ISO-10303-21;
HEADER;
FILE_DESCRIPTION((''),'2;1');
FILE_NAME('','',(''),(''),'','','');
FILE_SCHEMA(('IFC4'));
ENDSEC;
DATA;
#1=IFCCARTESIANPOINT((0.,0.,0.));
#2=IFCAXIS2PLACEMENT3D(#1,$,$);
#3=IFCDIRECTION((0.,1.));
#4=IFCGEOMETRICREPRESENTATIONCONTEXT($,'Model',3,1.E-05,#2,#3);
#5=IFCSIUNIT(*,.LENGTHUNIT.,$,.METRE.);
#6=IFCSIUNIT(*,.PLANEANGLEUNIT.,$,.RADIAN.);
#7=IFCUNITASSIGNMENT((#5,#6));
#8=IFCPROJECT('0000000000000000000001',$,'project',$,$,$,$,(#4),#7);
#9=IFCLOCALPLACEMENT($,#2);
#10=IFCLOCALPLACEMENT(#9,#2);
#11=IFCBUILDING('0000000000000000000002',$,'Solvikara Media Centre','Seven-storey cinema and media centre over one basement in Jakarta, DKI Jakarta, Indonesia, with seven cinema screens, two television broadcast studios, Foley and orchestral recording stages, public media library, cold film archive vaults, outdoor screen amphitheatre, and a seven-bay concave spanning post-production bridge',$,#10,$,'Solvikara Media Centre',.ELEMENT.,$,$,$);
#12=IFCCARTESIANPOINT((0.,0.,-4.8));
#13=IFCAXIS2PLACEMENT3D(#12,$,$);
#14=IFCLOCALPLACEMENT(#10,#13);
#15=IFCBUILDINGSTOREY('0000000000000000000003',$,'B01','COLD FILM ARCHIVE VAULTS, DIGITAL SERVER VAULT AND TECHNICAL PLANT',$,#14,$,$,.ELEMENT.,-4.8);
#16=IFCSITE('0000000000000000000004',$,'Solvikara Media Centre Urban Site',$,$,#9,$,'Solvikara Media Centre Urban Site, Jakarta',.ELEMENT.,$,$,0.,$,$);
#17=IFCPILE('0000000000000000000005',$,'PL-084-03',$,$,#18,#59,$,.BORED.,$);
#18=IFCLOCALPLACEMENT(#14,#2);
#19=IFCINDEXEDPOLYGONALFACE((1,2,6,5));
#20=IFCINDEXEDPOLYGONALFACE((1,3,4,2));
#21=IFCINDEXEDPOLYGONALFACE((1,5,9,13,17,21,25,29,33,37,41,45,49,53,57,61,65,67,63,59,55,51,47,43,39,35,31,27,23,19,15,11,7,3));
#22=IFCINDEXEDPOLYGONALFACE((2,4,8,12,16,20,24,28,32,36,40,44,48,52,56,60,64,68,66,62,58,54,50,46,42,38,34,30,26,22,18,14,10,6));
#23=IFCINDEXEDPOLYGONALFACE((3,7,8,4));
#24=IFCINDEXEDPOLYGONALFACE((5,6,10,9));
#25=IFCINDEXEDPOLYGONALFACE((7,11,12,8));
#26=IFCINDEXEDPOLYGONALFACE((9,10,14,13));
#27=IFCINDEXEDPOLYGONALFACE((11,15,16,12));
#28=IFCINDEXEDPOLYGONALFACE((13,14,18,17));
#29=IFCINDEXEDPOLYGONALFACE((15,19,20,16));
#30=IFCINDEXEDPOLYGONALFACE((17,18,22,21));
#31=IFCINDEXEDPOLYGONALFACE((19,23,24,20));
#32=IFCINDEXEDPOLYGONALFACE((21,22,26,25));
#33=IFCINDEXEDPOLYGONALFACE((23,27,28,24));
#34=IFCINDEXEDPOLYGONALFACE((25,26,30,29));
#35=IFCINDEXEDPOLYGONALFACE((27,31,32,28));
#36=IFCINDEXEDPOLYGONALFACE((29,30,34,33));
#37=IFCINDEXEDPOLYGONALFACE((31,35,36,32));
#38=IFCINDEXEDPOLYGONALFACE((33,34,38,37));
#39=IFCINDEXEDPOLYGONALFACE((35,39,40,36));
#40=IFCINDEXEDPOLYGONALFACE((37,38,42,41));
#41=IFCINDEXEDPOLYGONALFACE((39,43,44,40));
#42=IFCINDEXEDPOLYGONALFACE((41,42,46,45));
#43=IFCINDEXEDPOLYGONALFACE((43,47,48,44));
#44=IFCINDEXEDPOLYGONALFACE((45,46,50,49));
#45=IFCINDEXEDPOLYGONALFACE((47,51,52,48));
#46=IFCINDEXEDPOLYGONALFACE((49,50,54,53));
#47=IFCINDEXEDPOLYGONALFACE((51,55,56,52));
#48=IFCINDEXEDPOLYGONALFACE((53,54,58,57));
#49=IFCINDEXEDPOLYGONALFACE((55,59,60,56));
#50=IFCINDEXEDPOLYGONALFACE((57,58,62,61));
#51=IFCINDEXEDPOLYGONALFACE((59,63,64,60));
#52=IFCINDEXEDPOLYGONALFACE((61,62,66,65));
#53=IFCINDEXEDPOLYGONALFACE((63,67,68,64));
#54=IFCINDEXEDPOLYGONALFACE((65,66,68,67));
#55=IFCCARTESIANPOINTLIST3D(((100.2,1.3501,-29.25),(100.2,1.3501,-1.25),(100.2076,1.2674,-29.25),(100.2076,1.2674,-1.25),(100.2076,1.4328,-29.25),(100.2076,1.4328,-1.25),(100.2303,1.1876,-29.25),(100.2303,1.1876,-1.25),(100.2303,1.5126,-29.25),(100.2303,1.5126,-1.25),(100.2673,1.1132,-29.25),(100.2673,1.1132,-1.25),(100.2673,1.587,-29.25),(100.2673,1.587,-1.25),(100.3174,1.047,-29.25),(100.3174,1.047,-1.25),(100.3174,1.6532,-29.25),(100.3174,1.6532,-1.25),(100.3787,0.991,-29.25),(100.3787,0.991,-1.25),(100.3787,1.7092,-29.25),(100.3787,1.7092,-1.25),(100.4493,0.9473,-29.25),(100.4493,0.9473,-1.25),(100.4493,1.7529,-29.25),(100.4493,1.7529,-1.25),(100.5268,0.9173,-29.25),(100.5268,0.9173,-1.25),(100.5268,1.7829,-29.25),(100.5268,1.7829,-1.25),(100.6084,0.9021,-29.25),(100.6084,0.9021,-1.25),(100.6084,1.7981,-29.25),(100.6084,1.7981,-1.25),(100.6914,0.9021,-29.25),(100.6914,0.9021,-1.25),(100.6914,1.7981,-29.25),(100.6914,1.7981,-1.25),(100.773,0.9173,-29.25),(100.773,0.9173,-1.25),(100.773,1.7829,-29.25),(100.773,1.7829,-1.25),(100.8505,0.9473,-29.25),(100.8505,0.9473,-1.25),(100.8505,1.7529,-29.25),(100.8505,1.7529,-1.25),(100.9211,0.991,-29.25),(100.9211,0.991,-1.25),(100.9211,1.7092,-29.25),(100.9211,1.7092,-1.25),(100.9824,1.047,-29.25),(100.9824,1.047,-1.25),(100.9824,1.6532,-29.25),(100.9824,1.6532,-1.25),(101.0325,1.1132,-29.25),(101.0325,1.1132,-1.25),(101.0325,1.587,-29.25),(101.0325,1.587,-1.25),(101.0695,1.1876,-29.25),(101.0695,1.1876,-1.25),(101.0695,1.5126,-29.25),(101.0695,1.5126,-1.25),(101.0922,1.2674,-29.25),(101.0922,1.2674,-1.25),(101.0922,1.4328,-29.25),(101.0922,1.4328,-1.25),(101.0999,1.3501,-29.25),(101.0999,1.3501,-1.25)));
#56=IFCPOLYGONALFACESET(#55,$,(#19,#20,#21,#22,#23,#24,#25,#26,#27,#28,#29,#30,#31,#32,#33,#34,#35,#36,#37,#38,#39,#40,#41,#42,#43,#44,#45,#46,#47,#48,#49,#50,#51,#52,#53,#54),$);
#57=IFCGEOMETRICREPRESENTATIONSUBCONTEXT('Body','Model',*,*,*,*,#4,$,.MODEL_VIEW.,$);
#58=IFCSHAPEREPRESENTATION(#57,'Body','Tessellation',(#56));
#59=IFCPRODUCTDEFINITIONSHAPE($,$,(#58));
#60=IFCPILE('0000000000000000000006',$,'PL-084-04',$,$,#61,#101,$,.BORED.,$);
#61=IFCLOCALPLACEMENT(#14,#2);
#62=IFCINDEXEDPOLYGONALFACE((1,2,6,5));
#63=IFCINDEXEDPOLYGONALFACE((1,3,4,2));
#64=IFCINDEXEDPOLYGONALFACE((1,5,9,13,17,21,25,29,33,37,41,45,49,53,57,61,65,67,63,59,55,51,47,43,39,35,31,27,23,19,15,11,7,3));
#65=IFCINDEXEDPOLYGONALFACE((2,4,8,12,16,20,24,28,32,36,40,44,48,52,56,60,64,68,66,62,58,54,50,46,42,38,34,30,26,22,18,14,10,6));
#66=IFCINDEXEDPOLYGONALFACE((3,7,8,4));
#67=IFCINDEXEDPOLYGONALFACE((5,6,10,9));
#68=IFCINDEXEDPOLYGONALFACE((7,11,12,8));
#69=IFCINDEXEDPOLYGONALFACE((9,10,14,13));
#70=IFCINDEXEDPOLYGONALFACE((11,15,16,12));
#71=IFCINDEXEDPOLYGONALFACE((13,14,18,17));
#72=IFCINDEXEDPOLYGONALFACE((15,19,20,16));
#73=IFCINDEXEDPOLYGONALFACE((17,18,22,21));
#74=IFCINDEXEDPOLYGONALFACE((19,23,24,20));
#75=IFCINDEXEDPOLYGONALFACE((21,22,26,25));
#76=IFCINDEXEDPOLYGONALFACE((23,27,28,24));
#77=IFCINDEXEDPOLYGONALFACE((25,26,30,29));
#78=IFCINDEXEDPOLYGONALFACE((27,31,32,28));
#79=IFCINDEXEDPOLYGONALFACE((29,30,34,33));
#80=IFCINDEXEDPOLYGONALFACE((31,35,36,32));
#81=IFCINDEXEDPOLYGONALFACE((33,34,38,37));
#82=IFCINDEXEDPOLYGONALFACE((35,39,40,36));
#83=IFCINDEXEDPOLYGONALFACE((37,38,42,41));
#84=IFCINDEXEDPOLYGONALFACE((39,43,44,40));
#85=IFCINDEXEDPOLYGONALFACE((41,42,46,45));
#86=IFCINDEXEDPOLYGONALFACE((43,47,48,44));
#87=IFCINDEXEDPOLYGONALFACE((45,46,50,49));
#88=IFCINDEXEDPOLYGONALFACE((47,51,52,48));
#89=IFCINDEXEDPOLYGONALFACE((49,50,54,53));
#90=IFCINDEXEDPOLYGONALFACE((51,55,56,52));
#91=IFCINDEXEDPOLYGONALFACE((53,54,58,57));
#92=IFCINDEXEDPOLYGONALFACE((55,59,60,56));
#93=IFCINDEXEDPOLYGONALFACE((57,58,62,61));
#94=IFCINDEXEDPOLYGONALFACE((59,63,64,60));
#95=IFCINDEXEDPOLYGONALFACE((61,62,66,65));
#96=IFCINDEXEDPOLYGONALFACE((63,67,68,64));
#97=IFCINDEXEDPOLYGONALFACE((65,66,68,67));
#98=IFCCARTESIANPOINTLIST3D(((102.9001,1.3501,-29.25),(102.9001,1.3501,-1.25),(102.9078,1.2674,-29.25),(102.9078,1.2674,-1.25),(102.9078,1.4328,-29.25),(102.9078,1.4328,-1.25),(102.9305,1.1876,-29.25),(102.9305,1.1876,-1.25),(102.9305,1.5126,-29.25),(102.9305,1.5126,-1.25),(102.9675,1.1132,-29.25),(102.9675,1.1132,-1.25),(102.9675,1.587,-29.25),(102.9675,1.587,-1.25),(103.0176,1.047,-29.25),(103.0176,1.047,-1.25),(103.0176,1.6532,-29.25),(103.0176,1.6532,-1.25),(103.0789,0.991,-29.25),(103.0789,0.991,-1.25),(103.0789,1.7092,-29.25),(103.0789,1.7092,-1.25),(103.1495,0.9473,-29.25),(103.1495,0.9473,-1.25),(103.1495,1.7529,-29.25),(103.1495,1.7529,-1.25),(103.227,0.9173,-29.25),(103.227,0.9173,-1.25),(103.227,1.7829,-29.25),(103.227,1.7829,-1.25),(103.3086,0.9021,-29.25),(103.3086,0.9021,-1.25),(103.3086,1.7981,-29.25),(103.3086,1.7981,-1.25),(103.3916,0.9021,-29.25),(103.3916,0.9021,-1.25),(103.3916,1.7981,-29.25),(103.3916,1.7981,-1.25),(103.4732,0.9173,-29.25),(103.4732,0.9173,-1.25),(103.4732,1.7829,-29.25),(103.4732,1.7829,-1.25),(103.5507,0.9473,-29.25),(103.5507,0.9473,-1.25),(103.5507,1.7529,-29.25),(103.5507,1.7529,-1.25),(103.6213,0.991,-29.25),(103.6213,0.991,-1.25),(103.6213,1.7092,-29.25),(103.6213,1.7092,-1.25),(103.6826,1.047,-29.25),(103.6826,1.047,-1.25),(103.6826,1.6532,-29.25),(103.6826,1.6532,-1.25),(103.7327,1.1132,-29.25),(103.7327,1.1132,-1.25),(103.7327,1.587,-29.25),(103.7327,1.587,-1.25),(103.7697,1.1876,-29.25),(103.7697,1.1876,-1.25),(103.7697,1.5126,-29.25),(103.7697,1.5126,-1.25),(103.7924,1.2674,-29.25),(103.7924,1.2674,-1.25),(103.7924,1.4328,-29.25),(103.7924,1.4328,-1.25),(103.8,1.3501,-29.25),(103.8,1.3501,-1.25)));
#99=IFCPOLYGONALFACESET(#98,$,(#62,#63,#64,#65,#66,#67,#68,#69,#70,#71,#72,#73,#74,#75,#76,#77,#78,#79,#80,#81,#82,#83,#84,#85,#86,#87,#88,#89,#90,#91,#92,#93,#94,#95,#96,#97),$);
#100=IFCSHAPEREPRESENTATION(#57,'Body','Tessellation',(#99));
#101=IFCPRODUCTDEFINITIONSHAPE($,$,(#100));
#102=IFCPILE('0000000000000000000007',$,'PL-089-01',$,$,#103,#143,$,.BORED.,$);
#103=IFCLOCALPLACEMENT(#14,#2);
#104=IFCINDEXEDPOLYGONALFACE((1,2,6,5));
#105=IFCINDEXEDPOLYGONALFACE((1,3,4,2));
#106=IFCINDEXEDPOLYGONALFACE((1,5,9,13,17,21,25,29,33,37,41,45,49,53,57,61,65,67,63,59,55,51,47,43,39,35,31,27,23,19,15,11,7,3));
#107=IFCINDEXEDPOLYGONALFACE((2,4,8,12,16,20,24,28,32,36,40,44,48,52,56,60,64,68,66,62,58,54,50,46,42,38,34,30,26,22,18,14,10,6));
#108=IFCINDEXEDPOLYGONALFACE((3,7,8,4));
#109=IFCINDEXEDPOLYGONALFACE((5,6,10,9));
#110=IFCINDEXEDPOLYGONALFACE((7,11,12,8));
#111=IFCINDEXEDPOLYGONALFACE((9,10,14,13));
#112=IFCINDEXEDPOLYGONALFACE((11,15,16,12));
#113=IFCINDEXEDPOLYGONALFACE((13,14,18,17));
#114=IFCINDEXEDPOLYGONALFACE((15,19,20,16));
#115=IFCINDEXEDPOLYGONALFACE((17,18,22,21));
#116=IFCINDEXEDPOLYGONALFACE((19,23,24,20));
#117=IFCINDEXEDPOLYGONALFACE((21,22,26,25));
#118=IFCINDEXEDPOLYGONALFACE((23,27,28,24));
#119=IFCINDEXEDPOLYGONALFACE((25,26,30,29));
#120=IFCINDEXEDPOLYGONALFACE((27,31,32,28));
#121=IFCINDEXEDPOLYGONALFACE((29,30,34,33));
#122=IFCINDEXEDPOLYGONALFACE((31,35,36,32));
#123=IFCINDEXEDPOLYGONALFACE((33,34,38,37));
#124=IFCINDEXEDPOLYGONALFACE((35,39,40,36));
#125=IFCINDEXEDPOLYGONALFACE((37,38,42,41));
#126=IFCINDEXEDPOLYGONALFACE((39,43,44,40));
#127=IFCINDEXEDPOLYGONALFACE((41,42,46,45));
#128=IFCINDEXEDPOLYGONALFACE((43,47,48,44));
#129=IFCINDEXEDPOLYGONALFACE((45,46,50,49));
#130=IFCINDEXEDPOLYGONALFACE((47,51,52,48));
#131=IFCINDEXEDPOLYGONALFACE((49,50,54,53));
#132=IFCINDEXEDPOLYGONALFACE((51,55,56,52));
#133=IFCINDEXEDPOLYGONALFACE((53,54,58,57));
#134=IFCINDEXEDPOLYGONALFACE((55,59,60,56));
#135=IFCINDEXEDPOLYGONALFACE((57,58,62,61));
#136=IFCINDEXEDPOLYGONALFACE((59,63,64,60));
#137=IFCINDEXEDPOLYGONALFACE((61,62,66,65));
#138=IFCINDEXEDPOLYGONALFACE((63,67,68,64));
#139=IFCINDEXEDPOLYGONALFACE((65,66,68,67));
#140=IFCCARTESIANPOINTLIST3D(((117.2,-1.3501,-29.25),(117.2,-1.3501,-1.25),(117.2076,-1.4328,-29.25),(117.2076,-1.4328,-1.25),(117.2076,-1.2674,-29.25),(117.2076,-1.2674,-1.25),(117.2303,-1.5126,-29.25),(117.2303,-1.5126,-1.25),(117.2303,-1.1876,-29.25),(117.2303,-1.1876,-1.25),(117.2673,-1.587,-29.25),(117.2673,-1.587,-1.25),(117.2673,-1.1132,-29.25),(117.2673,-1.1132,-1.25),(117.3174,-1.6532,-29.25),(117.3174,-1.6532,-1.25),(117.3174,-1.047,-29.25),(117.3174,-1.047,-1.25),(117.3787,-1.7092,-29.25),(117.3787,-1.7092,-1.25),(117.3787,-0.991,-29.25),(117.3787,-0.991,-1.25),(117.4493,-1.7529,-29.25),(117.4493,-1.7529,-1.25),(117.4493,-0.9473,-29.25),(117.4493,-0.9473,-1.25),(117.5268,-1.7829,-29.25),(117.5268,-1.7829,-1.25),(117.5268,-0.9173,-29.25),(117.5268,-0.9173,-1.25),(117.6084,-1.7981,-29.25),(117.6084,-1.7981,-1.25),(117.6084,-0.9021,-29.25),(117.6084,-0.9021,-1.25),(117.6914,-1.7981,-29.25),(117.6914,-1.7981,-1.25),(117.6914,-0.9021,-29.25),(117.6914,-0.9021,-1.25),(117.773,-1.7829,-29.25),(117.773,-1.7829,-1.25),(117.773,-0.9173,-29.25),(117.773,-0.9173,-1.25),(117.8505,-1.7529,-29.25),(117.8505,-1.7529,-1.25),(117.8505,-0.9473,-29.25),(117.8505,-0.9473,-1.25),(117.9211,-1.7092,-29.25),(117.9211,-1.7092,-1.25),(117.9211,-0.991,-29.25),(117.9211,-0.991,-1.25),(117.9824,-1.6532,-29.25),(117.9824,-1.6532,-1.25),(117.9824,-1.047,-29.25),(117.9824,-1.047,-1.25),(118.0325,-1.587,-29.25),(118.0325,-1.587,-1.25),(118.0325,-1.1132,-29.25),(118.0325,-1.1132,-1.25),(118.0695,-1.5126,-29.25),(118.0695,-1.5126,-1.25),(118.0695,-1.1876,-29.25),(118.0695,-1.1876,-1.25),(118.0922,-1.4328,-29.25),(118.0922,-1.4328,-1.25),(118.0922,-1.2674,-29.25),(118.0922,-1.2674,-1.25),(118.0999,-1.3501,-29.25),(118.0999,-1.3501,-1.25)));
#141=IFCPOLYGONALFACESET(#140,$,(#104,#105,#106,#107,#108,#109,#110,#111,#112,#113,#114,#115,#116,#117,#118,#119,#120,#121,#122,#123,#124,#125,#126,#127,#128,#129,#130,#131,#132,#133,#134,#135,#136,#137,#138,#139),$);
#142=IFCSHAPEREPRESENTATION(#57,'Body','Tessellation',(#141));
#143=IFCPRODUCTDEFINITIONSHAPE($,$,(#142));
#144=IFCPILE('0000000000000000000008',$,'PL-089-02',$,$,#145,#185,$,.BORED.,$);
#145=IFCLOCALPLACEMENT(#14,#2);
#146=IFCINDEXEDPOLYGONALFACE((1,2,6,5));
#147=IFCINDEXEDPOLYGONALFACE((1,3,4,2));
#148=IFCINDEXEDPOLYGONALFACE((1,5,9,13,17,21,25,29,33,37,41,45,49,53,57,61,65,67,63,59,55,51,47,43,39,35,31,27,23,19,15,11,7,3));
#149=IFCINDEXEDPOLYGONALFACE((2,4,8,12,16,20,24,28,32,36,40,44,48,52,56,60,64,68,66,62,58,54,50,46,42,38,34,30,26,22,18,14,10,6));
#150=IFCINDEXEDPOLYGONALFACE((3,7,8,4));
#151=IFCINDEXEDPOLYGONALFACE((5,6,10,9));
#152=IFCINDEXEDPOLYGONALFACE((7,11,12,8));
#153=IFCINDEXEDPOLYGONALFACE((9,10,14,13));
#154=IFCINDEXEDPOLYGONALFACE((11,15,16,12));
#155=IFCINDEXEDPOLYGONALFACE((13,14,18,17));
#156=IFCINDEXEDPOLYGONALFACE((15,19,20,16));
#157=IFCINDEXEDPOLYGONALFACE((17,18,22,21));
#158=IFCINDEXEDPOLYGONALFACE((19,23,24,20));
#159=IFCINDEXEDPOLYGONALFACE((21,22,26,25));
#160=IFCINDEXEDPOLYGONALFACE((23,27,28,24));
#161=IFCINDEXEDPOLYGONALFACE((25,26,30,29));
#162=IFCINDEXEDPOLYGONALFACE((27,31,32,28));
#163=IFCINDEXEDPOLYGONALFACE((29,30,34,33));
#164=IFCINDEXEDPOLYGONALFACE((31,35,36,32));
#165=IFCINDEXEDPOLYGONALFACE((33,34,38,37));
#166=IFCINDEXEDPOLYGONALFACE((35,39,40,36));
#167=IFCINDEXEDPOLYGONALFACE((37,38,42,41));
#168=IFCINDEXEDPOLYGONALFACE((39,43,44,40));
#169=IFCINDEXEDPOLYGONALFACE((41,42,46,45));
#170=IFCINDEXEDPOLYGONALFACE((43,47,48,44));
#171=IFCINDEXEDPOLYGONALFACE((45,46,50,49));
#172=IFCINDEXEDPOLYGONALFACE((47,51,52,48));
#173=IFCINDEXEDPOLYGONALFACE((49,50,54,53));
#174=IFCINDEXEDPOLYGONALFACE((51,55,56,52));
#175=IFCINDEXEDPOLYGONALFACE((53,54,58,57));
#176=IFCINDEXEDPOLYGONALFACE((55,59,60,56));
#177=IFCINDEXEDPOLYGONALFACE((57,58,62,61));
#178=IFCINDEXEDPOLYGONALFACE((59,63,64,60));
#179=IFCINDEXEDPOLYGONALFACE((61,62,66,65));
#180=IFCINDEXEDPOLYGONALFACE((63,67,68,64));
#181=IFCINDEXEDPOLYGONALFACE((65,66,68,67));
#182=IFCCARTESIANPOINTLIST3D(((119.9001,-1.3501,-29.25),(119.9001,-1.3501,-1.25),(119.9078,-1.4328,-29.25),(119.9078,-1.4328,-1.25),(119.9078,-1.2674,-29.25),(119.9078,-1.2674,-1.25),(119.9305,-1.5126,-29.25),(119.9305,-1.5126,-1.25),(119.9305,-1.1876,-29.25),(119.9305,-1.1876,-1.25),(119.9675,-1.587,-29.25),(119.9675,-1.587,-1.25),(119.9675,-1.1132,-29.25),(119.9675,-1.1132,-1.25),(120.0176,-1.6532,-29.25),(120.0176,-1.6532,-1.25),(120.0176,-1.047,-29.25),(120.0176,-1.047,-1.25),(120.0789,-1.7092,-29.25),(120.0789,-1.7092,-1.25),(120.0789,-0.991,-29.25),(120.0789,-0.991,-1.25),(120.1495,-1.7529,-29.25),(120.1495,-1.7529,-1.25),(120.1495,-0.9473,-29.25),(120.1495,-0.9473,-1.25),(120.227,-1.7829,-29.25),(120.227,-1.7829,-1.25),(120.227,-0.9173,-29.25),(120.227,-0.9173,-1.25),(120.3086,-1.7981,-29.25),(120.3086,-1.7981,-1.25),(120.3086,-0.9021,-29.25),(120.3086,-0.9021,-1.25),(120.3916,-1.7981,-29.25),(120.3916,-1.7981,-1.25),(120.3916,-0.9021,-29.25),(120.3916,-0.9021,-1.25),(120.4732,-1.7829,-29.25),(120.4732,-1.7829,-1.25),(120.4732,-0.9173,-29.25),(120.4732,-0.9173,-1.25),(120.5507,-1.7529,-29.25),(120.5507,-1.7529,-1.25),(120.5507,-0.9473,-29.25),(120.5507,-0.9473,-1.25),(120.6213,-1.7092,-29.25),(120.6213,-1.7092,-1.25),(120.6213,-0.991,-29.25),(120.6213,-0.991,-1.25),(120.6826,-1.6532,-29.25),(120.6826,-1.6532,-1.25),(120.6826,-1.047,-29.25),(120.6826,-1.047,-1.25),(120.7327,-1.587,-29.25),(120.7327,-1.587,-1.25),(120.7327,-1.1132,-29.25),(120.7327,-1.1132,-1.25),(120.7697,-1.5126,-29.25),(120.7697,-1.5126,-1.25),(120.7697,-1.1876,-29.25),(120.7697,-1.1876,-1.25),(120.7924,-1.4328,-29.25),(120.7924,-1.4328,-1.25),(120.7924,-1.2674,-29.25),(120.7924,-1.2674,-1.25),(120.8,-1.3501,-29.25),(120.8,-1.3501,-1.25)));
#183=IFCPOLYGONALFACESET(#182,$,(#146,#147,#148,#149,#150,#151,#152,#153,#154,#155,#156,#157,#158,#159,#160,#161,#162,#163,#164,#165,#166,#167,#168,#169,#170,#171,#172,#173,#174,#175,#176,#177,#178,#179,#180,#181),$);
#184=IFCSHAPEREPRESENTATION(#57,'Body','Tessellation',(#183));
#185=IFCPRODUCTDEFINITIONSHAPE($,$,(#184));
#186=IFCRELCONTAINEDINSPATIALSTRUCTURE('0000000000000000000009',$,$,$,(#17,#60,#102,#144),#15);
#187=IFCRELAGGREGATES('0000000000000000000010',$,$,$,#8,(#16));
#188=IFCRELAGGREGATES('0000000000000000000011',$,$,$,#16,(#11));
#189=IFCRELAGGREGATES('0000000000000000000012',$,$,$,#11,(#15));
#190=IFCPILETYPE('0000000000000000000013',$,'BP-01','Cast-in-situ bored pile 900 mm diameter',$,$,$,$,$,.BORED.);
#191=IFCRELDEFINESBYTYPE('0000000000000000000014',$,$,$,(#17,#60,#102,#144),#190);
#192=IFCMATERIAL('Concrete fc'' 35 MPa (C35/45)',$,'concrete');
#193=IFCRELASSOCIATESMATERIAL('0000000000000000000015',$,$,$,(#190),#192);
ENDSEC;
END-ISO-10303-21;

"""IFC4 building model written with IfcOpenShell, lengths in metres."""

from ifc_helpers import new_model, si_unit, direction, frame, origin, origin_2d, place, context, subcontext, project, spatial, circle, extrude, material, material_profile, profile_set, type_object, element, save


model = new_model("IFC4")

# Units and contexts
model_context = context("Model", 3, precision=1e-05, world=origin(), true_north=direction((0.0, 1.0)))
body_context = subcontext(model_context, "Body", "Model", "MODEL_VIEW")
ifc_project = project(units=[si_unit("LENGTHUNIT", "METRE"), si_unit("PLANEANGLEUNIT", "RADIAN")], contexts=[model_context])

# Site, building, storey
site_placement = place(None, origin())
site = spatial("IfcSite", under=ifc_project, at=site_placement, Name="Solvikara Media Centre Urban Site", LongName="Solvikara Media Centre Urban Site, Jakarta", CompositionType="ELEMENT", RefElevation=0.0)
building_placement = place(site_placement, origin())
building = spatial("IfcBuilding", under=site, at=building_placement, Name="Solvikara Media Centre", Description="Seven-storey cinema and media centre over one basement in Jakarta, DKI Jakarta, Indonesia, with seven cinema screens, two television broadcast studios, Foley and orchestral recording stages, public media library, cold film archive vaults, outdoor screen amphitheatre, and a seven-bay concave spanning post-production bridge", LongName="Solvikara Media Centre", CompositionType="ELEMENT")
storey_placement = place(building_placement, frame((0.0, 0.0, -4.8)))
storey = spatial("IfcBuildingStorey", under=building, at=storey_placement, Name="B01", Description="COLD FILM ARCHIVE VAULTS, DIGITAL SERVER VAULT AND TECHNICAL PLANT", CompositionType="ELEMENT", Elevation=-4.8)

# Piles
ifc_material_1 = material(Name="Concrete fc' 35 MPa (C35/45)", Category="concrete")
ifc_material_profile_1 = material_profile(ifc_material_1, circle(Radius=0.45, at=origin_2d()), Name="BORED PILE D900")
ifc_profile_set_1 = profile_set([ifc_material_profile_1], Name="Concrete fc' 35 MPa (C35/45)")
pile_type_1 = type_object("IfcPileType", Name="BP-01", Description="Cast-in-situ bored pile 900 mm diameter", PredefinedType="BORED", material=ifc_profile_set_1)
for number, where, z_axis, x_axis, name in (
    (1, (100.6499, 1.3501, -1.25), (0.0, 0.0, -1.0), (1.0, 0.0, 0.0), "PL-084-03"),
    (2, (103.3501, 1.3501, -1.25), (0.0, 0.0, -1.0), (1.0, 0.0, 0.0), "PL-084-04"),
    (3, (117.6499, -1.3501, -1.25), (0.0, 0.0, -1.0), (1.0, 0.0, 0.0), "PL-089-01"),
    (4, (120.3501, -1.3501, -1.25), (0.0, 0.0, -1.0), (1.0, 0.0, 0.0), "PL-089-02"),
):
    element("IfcPile", number, at=place(storey_placement, frame(where, z_axis=z_axis, x_axis=x_axis)), inside=storey, type_object=pile_type_1, Name=name, PredefinedType="BORED", context=body_context, shape_type="SweptSolid", body=[
        extrude(circle(Radius=0.45, at=origin_2d()), origin(), (0.0, 0.0, 1.0), 28.0),
    ])

save(model, "model.ifc")
